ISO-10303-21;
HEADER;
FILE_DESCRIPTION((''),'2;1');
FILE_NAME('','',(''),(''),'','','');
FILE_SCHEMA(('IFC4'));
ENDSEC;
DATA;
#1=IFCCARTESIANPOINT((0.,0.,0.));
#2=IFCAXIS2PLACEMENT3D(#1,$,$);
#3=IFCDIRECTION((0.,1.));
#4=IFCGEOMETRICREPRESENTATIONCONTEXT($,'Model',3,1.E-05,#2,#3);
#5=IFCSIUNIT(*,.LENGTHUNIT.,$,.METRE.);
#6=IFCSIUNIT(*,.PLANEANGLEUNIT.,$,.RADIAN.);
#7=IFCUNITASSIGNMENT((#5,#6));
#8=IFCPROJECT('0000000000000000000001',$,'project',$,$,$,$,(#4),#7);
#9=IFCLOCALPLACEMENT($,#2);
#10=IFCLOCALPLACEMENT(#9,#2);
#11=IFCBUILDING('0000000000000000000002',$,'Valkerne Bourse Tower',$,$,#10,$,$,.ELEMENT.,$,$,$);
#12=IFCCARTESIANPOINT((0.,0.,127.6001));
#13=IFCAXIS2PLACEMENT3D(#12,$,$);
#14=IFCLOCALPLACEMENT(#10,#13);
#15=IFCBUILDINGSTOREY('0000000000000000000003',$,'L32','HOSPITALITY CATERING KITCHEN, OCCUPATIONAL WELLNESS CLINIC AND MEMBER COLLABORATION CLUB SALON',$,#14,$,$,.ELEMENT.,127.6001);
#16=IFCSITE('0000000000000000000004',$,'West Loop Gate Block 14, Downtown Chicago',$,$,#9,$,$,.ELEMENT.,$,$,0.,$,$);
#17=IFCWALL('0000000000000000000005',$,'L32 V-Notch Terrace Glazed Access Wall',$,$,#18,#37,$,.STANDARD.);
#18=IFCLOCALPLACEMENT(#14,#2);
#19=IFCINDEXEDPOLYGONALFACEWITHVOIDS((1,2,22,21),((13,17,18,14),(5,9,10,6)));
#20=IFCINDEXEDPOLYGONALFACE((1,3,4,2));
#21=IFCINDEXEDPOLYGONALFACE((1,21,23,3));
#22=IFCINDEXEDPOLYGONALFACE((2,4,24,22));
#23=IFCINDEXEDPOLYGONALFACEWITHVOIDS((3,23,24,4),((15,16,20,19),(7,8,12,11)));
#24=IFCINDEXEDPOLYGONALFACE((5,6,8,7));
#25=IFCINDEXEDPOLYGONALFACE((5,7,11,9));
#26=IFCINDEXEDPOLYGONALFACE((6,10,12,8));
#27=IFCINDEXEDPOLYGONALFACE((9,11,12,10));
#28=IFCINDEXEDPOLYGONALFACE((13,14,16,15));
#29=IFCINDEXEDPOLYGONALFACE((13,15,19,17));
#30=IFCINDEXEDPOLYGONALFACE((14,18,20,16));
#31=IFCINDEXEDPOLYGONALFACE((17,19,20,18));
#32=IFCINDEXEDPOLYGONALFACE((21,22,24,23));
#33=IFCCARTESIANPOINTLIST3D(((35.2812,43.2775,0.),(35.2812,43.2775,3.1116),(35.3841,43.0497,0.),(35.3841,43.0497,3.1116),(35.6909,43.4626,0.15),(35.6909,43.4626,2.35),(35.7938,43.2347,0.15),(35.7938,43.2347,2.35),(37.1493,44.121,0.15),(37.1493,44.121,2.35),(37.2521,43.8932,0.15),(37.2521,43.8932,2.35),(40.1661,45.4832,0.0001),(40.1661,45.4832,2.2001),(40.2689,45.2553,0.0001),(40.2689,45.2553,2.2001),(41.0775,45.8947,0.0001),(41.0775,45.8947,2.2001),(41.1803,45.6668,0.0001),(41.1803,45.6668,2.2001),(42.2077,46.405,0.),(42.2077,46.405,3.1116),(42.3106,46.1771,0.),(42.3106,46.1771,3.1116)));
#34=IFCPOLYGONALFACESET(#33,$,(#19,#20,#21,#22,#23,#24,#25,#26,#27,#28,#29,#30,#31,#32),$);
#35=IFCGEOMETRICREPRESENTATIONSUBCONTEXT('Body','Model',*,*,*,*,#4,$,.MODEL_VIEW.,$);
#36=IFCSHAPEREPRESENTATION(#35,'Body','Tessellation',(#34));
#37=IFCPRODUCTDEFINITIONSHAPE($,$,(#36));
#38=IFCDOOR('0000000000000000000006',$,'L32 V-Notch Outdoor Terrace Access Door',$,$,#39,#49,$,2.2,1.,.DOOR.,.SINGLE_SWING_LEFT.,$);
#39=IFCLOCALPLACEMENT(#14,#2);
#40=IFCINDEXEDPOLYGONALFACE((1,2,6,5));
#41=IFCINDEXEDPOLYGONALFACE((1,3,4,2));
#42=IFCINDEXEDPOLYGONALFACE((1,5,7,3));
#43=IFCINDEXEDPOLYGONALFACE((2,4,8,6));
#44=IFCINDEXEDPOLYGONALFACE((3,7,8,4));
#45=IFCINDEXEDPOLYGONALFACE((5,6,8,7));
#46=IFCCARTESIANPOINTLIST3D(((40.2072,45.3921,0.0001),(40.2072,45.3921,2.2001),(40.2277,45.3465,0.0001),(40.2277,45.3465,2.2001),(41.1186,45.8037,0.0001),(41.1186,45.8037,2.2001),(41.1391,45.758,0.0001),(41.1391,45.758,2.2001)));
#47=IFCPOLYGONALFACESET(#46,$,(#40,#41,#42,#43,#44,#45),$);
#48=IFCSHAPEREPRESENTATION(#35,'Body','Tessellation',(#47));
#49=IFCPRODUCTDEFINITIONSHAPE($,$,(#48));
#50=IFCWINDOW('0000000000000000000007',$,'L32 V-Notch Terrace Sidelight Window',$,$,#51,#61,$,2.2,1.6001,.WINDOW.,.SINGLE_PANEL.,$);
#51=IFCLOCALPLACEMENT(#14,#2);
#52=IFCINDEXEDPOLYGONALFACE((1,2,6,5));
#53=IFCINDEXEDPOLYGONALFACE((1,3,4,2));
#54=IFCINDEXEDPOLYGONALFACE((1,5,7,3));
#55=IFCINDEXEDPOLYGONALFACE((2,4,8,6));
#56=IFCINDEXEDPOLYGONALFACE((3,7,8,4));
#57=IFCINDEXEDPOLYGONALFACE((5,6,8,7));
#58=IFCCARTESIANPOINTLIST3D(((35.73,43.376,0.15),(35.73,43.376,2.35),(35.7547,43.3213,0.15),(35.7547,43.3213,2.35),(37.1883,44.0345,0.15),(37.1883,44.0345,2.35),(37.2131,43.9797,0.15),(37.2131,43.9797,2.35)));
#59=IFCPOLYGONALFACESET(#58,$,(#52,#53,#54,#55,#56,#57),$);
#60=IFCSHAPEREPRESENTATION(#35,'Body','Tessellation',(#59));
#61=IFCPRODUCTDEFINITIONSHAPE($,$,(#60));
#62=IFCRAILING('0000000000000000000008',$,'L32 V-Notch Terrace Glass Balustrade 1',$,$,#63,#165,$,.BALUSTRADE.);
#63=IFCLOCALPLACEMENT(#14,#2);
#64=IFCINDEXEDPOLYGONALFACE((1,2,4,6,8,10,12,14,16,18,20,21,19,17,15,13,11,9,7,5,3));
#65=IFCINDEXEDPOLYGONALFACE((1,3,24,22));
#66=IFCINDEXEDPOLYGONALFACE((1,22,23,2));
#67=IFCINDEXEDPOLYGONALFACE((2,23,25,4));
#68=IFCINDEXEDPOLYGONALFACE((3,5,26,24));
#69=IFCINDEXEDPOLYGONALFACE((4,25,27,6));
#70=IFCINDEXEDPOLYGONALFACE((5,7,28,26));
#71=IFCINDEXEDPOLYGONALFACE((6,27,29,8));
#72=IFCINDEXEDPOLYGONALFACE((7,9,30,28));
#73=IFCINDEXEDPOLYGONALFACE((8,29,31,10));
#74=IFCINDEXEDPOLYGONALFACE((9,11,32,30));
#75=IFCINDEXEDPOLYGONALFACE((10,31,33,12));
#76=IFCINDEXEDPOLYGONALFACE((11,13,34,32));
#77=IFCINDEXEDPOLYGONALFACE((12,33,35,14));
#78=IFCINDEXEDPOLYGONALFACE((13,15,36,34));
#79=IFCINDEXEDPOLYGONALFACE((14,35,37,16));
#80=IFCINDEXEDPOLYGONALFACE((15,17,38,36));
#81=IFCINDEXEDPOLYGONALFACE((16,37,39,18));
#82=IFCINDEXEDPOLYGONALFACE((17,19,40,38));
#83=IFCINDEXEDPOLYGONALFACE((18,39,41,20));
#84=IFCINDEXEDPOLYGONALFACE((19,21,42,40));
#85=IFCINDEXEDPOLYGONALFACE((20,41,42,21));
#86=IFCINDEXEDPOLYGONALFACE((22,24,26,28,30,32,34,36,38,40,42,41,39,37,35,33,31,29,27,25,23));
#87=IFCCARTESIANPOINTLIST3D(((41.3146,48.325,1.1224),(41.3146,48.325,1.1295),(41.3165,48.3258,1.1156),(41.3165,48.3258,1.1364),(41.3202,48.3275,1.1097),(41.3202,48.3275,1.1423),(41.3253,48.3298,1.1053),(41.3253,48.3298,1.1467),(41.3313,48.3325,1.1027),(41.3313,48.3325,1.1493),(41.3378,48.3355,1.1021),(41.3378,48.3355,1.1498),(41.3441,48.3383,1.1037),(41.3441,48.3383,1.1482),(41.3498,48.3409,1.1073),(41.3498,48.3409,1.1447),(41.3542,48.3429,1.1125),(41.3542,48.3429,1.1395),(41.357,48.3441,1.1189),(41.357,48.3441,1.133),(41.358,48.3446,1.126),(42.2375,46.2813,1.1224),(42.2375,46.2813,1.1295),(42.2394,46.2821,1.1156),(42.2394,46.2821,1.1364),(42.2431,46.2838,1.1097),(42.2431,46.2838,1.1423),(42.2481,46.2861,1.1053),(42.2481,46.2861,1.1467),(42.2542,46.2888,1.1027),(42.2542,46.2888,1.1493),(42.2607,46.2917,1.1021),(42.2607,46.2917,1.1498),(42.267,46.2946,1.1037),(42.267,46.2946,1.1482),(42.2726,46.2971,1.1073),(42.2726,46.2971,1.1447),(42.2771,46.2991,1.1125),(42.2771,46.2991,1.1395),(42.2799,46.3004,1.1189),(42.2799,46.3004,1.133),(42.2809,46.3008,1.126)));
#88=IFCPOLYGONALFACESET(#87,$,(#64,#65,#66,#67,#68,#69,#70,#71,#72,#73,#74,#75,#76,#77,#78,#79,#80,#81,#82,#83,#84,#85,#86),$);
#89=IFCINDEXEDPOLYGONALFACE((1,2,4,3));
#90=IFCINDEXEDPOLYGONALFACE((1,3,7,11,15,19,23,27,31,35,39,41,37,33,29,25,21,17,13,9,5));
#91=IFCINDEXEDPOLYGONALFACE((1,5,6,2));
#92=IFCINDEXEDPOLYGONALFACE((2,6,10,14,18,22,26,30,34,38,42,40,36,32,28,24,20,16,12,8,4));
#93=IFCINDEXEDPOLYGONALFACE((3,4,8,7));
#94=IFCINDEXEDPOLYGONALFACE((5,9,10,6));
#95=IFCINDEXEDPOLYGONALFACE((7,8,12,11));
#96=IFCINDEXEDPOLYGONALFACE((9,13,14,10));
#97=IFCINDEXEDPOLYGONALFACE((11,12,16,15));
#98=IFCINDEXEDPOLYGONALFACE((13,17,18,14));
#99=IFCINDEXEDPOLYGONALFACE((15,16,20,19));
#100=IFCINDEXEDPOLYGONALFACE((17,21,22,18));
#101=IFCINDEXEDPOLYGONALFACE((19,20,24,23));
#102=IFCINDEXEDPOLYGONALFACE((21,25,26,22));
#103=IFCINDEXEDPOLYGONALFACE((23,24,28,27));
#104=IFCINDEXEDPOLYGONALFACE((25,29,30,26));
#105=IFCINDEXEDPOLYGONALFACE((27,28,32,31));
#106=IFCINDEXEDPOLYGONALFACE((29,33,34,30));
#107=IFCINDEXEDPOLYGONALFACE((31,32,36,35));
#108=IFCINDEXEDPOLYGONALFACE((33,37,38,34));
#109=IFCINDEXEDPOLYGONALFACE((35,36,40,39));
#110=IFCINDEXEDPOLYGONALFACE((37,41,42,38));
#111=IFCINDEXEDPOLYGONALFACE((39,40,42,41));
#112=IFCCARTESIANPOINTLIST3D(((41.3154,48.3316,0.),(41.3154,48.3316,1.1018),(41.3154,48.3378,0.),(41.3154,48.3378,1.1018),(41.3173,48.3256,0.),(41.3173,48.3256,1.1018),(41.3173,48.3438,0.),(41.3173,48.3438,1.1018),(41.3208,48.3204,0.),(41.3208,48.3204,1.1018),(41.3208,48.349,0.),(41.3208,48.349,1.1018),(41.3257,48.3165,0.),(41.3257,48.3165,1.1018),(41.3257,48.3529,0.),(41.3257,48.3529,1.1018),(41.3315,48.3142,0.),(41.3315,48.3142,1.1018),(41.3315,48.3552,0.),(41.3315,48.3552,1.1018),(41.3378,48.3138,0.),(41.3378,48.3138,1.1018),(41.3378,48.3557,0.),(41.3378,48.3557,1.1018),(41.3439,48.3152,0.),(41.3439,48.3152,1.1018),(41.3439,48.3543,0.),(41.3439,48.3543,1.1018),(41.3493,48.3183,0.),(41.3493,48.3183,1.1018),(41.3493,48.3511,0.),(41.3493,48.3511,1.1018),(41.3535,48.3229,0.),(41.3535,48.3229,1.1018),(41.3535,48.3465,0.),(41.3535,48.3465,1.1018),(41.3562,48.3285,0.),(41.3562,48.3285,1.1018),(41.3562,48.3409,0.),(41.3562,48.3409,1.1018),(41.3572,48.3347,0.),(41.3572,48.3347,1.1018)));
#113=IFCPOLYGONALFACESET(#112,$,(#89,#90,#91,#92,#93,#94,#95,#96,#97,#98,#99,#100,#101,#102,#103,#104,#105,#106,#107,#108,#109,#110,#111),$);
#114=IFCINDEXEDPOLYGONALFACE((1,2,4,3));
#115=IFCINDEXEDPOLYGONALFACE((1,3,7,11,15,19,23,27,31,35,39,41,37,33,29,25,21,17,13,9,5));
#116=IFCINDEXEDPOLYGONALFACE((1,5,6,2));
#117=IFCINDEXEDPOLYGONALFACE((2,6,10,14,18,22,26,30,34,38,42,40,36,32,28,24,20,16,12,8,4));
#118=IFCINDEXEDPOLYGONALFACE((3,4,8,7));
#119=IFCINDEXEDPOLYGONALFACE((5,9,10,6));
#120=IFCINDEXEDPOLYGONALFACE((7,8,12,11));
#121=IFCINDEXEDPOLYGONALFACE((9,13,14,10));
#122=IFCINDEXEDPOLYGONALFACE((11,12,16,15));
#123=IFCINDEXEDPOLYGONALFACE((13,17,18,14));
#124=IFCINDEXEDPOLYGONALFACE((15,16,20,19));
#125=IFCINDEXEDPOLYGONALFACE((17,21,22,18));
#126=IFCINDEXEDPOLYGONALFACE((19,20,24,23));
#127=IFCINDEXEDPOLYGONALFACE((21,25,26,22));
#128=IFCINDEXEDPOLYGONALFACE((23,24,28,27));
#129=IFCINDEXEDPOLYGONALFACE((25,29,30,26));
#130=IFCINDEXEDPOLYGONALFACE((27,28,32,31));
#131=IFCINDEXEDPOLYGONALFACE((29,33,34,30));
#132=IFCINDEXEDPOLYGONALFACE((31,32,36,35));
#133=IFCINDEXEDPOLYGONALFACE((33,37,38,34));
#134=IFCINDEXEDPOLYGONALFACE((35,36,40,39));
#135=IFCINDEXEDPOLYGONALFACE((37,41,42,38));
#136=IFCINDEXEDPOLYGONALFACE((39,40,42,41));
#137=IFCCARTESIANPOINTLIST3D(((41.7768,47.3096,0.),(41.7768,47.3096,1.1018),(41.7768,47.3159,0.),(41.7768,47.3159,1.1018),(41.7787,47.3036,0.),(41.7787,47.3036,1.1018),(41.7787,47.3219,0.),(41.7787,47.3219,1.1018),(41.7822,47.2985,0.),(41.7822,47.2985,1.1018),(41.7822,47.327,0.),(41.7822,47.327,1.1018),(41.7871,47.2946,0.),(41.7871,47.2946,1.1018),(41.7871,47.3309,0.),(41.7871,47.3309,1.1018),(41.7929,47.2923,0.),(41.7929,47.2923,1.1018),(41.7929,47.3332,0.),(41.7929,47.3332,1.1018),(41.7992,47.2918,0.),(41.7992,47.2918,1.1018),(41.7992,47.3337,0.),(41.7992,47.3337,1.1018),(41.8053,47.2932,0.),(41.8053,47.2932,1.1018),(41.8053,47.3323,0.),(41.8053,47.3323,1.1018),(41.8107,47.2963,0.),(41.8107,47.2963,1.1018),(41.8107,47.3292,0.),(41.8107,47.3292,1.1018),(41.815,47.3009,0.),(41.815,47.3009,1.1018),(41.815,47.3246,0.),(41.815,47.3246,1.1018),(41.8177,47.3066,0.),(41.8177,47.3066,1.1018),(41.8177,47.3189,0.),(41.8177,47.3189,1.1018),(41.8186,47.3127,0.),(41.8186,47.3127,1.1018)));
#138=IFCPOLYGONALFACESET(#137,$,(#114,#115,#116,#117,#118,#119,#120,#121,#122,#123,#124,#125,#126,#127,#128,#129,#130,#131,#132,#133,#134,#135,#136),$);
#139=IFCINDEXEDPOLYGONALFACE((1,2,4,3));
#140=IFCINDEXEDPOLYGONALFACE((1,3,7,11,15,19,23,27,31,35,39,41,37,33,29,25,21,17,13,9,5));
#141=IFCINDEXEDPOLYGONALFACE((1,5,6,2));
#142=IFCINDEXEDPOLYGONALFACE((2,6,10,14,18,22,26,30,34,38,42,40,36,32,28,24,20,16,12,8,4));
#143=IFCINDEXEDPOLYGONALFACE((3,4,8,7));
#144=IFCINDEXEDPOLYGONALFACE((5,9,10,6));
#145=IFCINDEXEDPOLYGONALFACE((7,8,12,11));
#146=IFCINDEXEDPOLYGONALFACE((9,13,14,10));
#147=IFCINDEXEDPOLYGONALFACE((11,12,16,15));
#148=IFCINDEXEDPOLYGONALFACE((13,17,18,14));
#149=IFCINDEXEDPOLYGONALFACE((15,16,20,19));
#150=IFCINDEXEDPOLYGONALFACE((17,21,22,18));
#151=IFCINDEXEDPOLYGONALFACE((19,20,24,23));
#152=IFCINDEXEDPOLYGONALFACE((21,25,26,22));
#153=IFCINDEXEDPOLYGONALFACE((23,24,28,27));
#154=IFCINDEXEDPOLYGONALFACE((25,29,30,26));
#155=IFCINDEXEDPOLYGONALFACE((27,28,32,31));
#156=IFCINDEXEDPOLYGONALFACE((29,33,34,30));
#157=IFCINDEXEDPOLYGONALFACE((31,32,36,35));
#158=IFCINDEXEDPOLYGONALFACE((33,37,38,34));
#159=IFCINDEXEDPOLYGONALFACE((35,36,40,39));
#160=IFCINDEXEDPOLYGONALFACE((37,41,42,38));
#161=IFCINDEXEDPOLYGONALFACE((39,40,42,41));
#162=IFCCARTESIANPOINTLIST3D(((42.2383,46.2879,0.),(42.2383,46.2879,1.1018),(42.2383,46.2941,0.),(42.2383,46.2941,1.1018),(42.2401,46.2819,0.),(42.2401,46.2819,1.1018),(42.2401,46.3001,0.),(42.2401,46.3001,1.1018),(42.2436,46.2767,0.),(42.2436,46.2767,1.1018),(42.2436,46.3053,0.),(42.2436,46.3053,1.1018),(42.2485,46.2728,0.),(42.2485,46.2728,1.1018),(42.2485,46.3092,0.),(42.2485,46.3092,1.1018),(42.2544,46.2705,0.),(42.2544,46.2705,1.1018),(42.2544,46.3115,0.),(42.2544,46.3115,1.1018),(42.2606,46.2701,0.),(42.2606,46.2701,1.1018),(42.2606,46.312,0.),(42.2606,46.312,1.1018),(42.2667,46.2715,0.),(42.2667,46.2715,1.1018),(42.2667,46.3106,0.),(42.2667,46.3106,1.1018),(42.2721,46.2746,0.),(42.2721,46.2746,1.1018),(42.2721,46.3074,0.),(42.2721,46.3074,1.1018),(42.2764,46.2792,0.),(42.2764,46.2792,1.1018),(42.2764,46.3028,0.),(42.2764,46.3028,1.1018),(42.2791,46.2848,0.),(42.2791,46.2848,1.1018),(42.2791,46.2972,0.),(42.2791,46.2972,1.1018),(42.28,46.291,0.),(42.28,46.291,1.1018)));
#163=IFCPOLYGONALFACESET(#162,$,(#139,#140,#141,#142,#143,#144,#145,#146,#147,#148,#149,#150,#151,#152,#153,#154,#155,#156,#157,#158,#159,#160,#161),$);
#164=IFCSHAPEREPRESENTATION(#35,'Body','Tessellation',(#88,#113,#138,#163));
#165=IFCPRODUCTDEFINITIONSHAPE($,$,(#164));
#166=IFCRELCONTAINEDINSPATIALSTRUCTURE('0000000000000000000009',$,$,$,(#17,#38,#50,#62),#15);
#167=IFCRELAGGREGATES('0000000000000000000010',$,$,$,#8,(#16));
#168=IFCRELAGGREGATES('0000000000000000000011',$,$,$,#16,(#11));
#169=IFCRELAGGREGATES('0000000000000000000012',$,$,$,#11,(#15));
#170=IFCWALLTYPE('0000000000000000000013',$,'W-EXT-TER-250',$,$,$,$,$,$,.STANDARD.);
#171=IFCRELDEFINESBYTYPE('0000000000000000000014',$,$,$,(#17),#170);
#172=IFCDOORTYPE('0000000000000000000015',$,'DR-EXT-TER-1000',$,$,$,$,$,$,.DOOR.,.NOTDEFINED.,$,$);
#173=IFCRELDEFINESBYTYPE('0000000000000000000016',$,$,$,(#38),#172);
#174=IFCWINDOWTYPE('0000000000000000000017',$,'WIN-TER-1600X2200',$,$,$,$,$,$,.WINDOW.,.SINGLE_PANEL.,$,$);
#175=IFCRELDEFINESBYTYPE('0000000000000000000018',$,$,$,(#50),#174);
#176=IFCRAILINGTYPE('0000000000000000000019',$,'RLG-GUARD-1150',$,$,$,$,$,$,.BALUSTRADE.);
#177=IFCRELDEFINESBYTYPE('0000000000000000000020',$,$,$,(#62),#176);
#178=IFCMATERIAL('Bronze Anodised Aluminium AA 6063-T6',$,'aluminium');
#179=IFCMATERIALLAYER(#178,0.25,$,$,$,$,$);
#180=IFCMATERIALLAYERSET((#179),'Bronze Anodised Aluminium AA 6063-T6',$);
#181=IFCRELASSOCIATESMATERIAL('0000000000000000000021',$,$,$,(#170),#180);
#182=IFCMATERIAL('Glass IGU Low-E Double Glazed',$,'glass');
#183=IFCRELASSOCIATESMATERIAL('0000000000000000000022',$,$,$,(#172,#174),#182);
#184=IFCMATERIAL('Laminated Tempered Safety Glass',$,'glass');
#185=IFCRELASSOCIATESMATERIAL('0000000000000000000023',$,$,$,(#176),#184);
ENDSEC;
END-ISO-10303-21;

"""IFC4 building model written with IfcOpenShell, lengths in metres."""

from ifc_helpers import new_model, si_unit, direction, frame, frame_2d, origin, origin_2d, place, context, subcontext, project, spatial, rectangle, circle, extrude, material, layer, layer_set, type_object, element, fill, save


model = new_model("IFC4")

# Units and contexts
model_context = context("Model", 3, precision=1e-05, world=origin(), true_north=direction((0.0, 1.0)))
body_context = subcontext(model_context, "Body", "Model", "MODEL_VIEW")
ifc_project = project(units=[si_unit("LENGTHUNIT", "METRE"), si_unit("PLANEANGLEUNIT", "RADIAN")], contexts=[model_context])

# Site, building, storey
site_placement = place(None, origin())
site = spatial("IfcSite", under=ifc_project, at=site_placement, Name="West Loop Gate Block 14, Downtown Chicago", CompositionType="ELEMENT", RefElevation=0.0)
building_placement = place(site_placement, origin())
building = spatial("IfcBuilding", under=site, at=building_placement, Name="Valkerne Bourse Tower", CompositionType="ELEMENT")
storey_placement = place(building_placement, frame((0.0, 0.0, 127.6001)))
storey = spatial("IfcBuildingStorey", under=building, at=storey_placement, Name="L32", Description="HOSPITALITY CATERING KITCHEN, OCCUPATIONAL WELLNESS CLINIC AND MEMBER COLLABORATION CLUB SALON", CompositionType="ELEMENT", Elevation=127.6001)

# Shared definitions
ifc_material_1 = material(Name="Glass IGU Low-E Double Glazed", Category="glass")

# Wall, openings, door, window
ifc_material_2 = material(Name="Bronze Anodised Aluminium AA 6063-T6", Category="aluminium")
ifc_layer_1 = layer(ifc_material_2, 0.25)
ifc_layer_set_1 = layer_set([ifc_layer_1], Name="Bronze Anodised Aluminium AA 6063-T6")
wall_type = type_object("IfcWallType", Name="W-EXT-TER-250", PredefinedType="STANDARD", material=ifc_layer_set_1)
wall_placement = place(storey_placement, frame((42.259, 46.291, 0.0), z_axis=(0.0, 0.0, 1.0), x_axis=(-0.911403, -0.411514, 0.0)))
wall = element("IfcWall", 1, at=wall_placement, inside=storey, type_object=wall_type, Name="L32 V-Notch Terrace Glazed Access Wall", PredefinedType="STANDARD", context=body_context, shape_type="SweptSolid", body=[
    extrude(rectangle(XDim=7.5999, YDim=0.25, at=frame_2d((3.7998, 0.0))), origin(), (0.0, 0.0, 1.0), 3.1116),
])
opening_1_placement = place(wall_placement, frame((1.24, 0.0, 0.0)))
opening_1 = element("IfcOpeningElement", 2, at=opening_1_placement, cuts=wall, PredefinedType="OPENING", context=body_context, shape_type="SweptSolid", body=[
    extrude(rectangle(XDim=1.0, YDim=2.2, at=frame_2d((0.5, 1.1001))), frame((0.0, 0.135, 0.0), z_axis=(0.0, -1.0, 0.0), x_axis=(1.0, 0.0, 0.0)), (0.0, 0.0, 1.0), 0.27),
])
opening_2_placement = place(wall_placement, frame((5.55, 0.0, 0.1499)))
opening_2 = element("IfcOpeningElement", 3, at=opening_2_placement, cuts=wall, PredefinedType="OPENING", context=body_context, shape_type="SweptSolid", body=[
    extrude(rectangle(XDim=1.6001, YDim=2.2, at=frame_2d((0.8, 1.1001))), frame((0.0, 0.135, 0.0), z_axis=(0.0, -1.0, 0.0), x_axis=(1.0, 0.0, 0.0)), (0.0, 0.0, 1.0), 0.27),
])
door_type = type_object("IfcDoorType", Name="DR-EXT-TER-1000", OperationType="NOTDEFINED", PredefinedType="DOOR", material=ifc_material_1)
door_placement = place(opening_1_placement, origin())
door = element("IfcDoor", 4, at=door_placement, inside=storey, type_object=door_type, Name="L32 V-Notch Outdoor Terrace Access Door", OperationType="SINGLE_SWING_LEFT", OverallHeight=2.2, OverallWidth=1.0, PredefinedType="DOOR", context=body_context, shape_type="SweptSolid", body=[
    extrude(rectangle(XDim=1.0, YDim=2.2, at=frame_2d((0.5, 1.1001))), frame((0.0, 0.0249, 0.0), z_axis=(0.0, -1.0, 0.0), x_axis=(1.0, 0.0, 0.0)), (0.0, 0.0, 1.0), 0.05),
])
fill(opening_1, door)
window_type = type_object("IfcWindowType", Name="WIN-TER-1600X2200", PartitioningType="SINGLE_PANEL", PredefinedType="WINDOW", material=ifc_material_1)
window_placement = place(opening_2_placement, origin())
window = element("IfcWindow", 5, at=window_placement, inside=storey, type_object=window_type, Name="L32 V-Notch Terrace Sidelight Window", OverallHeight=2.2, OverallWidth=1.6001, PartitioningType="SINGLE_PANEL", PredefinedType="WINDOW", context=body_context, shape_type="SweptSolid", body=[
    extrude(rectangle(XDim=1.6001, YDim=2.2, at=frame_2d((0.8, 1.1001))), frame((0.0, 0.03, 0.0), z_axis=(0.0, -1.0, 0.0), x_axis=(1.0, 0.0, 0.0)), (0.0, 0.0, 1.0), 0.0601),
])
fill(opening_2, window)

# Railing
ifc_material_3 = material(Name="Laminated Tempered Safety Glass", Category="glass")
railing_type = type_object("IfcRailingType", Name="RLG-GUARD-1150", PredefinedType="BALUSTRADE", material=ifc_material_3)
railing_placement = place(storey_placement, frame((41.3362, 48.3347, 0.0)))
element("IfcRailing", 6, at=railing_placement, inside=storey, type_object=railing_type, Name="L32 V-Notch Terrace Glass Balustrade 1", PredefinedType="BALUSTRADE", context=body_context, shape_type="SweptSolid", body=[
    extrude(circle(Radius=0.0239, at=origin_2d()), frame((0.0, 0.0, 1.126), z_axis=(0.411546, -0.911389, 0.0), x_axis=(0.911389, 0.411546, 0.0)), (0.0, 0.0, 1.0), 2.2424),
    extrude(circle(Radius=0.021, at=origin_2d()), origin(), (0.0, 0.0, 1.0), 1.1018),
    extrude(circle(Radius=0.021, at=origin_2d()), frame((0.4614, -1.022, 0.0)), (0.0, 0.0, 1.0), 1.1018),
    extrude(circle(Radius=0.021, at=origin_2d()), frame((0.9229, -2.0437, 0.0)), (0.0, 0.0, 1.0), 1.1018),
])

save(model, "model.ifc")
